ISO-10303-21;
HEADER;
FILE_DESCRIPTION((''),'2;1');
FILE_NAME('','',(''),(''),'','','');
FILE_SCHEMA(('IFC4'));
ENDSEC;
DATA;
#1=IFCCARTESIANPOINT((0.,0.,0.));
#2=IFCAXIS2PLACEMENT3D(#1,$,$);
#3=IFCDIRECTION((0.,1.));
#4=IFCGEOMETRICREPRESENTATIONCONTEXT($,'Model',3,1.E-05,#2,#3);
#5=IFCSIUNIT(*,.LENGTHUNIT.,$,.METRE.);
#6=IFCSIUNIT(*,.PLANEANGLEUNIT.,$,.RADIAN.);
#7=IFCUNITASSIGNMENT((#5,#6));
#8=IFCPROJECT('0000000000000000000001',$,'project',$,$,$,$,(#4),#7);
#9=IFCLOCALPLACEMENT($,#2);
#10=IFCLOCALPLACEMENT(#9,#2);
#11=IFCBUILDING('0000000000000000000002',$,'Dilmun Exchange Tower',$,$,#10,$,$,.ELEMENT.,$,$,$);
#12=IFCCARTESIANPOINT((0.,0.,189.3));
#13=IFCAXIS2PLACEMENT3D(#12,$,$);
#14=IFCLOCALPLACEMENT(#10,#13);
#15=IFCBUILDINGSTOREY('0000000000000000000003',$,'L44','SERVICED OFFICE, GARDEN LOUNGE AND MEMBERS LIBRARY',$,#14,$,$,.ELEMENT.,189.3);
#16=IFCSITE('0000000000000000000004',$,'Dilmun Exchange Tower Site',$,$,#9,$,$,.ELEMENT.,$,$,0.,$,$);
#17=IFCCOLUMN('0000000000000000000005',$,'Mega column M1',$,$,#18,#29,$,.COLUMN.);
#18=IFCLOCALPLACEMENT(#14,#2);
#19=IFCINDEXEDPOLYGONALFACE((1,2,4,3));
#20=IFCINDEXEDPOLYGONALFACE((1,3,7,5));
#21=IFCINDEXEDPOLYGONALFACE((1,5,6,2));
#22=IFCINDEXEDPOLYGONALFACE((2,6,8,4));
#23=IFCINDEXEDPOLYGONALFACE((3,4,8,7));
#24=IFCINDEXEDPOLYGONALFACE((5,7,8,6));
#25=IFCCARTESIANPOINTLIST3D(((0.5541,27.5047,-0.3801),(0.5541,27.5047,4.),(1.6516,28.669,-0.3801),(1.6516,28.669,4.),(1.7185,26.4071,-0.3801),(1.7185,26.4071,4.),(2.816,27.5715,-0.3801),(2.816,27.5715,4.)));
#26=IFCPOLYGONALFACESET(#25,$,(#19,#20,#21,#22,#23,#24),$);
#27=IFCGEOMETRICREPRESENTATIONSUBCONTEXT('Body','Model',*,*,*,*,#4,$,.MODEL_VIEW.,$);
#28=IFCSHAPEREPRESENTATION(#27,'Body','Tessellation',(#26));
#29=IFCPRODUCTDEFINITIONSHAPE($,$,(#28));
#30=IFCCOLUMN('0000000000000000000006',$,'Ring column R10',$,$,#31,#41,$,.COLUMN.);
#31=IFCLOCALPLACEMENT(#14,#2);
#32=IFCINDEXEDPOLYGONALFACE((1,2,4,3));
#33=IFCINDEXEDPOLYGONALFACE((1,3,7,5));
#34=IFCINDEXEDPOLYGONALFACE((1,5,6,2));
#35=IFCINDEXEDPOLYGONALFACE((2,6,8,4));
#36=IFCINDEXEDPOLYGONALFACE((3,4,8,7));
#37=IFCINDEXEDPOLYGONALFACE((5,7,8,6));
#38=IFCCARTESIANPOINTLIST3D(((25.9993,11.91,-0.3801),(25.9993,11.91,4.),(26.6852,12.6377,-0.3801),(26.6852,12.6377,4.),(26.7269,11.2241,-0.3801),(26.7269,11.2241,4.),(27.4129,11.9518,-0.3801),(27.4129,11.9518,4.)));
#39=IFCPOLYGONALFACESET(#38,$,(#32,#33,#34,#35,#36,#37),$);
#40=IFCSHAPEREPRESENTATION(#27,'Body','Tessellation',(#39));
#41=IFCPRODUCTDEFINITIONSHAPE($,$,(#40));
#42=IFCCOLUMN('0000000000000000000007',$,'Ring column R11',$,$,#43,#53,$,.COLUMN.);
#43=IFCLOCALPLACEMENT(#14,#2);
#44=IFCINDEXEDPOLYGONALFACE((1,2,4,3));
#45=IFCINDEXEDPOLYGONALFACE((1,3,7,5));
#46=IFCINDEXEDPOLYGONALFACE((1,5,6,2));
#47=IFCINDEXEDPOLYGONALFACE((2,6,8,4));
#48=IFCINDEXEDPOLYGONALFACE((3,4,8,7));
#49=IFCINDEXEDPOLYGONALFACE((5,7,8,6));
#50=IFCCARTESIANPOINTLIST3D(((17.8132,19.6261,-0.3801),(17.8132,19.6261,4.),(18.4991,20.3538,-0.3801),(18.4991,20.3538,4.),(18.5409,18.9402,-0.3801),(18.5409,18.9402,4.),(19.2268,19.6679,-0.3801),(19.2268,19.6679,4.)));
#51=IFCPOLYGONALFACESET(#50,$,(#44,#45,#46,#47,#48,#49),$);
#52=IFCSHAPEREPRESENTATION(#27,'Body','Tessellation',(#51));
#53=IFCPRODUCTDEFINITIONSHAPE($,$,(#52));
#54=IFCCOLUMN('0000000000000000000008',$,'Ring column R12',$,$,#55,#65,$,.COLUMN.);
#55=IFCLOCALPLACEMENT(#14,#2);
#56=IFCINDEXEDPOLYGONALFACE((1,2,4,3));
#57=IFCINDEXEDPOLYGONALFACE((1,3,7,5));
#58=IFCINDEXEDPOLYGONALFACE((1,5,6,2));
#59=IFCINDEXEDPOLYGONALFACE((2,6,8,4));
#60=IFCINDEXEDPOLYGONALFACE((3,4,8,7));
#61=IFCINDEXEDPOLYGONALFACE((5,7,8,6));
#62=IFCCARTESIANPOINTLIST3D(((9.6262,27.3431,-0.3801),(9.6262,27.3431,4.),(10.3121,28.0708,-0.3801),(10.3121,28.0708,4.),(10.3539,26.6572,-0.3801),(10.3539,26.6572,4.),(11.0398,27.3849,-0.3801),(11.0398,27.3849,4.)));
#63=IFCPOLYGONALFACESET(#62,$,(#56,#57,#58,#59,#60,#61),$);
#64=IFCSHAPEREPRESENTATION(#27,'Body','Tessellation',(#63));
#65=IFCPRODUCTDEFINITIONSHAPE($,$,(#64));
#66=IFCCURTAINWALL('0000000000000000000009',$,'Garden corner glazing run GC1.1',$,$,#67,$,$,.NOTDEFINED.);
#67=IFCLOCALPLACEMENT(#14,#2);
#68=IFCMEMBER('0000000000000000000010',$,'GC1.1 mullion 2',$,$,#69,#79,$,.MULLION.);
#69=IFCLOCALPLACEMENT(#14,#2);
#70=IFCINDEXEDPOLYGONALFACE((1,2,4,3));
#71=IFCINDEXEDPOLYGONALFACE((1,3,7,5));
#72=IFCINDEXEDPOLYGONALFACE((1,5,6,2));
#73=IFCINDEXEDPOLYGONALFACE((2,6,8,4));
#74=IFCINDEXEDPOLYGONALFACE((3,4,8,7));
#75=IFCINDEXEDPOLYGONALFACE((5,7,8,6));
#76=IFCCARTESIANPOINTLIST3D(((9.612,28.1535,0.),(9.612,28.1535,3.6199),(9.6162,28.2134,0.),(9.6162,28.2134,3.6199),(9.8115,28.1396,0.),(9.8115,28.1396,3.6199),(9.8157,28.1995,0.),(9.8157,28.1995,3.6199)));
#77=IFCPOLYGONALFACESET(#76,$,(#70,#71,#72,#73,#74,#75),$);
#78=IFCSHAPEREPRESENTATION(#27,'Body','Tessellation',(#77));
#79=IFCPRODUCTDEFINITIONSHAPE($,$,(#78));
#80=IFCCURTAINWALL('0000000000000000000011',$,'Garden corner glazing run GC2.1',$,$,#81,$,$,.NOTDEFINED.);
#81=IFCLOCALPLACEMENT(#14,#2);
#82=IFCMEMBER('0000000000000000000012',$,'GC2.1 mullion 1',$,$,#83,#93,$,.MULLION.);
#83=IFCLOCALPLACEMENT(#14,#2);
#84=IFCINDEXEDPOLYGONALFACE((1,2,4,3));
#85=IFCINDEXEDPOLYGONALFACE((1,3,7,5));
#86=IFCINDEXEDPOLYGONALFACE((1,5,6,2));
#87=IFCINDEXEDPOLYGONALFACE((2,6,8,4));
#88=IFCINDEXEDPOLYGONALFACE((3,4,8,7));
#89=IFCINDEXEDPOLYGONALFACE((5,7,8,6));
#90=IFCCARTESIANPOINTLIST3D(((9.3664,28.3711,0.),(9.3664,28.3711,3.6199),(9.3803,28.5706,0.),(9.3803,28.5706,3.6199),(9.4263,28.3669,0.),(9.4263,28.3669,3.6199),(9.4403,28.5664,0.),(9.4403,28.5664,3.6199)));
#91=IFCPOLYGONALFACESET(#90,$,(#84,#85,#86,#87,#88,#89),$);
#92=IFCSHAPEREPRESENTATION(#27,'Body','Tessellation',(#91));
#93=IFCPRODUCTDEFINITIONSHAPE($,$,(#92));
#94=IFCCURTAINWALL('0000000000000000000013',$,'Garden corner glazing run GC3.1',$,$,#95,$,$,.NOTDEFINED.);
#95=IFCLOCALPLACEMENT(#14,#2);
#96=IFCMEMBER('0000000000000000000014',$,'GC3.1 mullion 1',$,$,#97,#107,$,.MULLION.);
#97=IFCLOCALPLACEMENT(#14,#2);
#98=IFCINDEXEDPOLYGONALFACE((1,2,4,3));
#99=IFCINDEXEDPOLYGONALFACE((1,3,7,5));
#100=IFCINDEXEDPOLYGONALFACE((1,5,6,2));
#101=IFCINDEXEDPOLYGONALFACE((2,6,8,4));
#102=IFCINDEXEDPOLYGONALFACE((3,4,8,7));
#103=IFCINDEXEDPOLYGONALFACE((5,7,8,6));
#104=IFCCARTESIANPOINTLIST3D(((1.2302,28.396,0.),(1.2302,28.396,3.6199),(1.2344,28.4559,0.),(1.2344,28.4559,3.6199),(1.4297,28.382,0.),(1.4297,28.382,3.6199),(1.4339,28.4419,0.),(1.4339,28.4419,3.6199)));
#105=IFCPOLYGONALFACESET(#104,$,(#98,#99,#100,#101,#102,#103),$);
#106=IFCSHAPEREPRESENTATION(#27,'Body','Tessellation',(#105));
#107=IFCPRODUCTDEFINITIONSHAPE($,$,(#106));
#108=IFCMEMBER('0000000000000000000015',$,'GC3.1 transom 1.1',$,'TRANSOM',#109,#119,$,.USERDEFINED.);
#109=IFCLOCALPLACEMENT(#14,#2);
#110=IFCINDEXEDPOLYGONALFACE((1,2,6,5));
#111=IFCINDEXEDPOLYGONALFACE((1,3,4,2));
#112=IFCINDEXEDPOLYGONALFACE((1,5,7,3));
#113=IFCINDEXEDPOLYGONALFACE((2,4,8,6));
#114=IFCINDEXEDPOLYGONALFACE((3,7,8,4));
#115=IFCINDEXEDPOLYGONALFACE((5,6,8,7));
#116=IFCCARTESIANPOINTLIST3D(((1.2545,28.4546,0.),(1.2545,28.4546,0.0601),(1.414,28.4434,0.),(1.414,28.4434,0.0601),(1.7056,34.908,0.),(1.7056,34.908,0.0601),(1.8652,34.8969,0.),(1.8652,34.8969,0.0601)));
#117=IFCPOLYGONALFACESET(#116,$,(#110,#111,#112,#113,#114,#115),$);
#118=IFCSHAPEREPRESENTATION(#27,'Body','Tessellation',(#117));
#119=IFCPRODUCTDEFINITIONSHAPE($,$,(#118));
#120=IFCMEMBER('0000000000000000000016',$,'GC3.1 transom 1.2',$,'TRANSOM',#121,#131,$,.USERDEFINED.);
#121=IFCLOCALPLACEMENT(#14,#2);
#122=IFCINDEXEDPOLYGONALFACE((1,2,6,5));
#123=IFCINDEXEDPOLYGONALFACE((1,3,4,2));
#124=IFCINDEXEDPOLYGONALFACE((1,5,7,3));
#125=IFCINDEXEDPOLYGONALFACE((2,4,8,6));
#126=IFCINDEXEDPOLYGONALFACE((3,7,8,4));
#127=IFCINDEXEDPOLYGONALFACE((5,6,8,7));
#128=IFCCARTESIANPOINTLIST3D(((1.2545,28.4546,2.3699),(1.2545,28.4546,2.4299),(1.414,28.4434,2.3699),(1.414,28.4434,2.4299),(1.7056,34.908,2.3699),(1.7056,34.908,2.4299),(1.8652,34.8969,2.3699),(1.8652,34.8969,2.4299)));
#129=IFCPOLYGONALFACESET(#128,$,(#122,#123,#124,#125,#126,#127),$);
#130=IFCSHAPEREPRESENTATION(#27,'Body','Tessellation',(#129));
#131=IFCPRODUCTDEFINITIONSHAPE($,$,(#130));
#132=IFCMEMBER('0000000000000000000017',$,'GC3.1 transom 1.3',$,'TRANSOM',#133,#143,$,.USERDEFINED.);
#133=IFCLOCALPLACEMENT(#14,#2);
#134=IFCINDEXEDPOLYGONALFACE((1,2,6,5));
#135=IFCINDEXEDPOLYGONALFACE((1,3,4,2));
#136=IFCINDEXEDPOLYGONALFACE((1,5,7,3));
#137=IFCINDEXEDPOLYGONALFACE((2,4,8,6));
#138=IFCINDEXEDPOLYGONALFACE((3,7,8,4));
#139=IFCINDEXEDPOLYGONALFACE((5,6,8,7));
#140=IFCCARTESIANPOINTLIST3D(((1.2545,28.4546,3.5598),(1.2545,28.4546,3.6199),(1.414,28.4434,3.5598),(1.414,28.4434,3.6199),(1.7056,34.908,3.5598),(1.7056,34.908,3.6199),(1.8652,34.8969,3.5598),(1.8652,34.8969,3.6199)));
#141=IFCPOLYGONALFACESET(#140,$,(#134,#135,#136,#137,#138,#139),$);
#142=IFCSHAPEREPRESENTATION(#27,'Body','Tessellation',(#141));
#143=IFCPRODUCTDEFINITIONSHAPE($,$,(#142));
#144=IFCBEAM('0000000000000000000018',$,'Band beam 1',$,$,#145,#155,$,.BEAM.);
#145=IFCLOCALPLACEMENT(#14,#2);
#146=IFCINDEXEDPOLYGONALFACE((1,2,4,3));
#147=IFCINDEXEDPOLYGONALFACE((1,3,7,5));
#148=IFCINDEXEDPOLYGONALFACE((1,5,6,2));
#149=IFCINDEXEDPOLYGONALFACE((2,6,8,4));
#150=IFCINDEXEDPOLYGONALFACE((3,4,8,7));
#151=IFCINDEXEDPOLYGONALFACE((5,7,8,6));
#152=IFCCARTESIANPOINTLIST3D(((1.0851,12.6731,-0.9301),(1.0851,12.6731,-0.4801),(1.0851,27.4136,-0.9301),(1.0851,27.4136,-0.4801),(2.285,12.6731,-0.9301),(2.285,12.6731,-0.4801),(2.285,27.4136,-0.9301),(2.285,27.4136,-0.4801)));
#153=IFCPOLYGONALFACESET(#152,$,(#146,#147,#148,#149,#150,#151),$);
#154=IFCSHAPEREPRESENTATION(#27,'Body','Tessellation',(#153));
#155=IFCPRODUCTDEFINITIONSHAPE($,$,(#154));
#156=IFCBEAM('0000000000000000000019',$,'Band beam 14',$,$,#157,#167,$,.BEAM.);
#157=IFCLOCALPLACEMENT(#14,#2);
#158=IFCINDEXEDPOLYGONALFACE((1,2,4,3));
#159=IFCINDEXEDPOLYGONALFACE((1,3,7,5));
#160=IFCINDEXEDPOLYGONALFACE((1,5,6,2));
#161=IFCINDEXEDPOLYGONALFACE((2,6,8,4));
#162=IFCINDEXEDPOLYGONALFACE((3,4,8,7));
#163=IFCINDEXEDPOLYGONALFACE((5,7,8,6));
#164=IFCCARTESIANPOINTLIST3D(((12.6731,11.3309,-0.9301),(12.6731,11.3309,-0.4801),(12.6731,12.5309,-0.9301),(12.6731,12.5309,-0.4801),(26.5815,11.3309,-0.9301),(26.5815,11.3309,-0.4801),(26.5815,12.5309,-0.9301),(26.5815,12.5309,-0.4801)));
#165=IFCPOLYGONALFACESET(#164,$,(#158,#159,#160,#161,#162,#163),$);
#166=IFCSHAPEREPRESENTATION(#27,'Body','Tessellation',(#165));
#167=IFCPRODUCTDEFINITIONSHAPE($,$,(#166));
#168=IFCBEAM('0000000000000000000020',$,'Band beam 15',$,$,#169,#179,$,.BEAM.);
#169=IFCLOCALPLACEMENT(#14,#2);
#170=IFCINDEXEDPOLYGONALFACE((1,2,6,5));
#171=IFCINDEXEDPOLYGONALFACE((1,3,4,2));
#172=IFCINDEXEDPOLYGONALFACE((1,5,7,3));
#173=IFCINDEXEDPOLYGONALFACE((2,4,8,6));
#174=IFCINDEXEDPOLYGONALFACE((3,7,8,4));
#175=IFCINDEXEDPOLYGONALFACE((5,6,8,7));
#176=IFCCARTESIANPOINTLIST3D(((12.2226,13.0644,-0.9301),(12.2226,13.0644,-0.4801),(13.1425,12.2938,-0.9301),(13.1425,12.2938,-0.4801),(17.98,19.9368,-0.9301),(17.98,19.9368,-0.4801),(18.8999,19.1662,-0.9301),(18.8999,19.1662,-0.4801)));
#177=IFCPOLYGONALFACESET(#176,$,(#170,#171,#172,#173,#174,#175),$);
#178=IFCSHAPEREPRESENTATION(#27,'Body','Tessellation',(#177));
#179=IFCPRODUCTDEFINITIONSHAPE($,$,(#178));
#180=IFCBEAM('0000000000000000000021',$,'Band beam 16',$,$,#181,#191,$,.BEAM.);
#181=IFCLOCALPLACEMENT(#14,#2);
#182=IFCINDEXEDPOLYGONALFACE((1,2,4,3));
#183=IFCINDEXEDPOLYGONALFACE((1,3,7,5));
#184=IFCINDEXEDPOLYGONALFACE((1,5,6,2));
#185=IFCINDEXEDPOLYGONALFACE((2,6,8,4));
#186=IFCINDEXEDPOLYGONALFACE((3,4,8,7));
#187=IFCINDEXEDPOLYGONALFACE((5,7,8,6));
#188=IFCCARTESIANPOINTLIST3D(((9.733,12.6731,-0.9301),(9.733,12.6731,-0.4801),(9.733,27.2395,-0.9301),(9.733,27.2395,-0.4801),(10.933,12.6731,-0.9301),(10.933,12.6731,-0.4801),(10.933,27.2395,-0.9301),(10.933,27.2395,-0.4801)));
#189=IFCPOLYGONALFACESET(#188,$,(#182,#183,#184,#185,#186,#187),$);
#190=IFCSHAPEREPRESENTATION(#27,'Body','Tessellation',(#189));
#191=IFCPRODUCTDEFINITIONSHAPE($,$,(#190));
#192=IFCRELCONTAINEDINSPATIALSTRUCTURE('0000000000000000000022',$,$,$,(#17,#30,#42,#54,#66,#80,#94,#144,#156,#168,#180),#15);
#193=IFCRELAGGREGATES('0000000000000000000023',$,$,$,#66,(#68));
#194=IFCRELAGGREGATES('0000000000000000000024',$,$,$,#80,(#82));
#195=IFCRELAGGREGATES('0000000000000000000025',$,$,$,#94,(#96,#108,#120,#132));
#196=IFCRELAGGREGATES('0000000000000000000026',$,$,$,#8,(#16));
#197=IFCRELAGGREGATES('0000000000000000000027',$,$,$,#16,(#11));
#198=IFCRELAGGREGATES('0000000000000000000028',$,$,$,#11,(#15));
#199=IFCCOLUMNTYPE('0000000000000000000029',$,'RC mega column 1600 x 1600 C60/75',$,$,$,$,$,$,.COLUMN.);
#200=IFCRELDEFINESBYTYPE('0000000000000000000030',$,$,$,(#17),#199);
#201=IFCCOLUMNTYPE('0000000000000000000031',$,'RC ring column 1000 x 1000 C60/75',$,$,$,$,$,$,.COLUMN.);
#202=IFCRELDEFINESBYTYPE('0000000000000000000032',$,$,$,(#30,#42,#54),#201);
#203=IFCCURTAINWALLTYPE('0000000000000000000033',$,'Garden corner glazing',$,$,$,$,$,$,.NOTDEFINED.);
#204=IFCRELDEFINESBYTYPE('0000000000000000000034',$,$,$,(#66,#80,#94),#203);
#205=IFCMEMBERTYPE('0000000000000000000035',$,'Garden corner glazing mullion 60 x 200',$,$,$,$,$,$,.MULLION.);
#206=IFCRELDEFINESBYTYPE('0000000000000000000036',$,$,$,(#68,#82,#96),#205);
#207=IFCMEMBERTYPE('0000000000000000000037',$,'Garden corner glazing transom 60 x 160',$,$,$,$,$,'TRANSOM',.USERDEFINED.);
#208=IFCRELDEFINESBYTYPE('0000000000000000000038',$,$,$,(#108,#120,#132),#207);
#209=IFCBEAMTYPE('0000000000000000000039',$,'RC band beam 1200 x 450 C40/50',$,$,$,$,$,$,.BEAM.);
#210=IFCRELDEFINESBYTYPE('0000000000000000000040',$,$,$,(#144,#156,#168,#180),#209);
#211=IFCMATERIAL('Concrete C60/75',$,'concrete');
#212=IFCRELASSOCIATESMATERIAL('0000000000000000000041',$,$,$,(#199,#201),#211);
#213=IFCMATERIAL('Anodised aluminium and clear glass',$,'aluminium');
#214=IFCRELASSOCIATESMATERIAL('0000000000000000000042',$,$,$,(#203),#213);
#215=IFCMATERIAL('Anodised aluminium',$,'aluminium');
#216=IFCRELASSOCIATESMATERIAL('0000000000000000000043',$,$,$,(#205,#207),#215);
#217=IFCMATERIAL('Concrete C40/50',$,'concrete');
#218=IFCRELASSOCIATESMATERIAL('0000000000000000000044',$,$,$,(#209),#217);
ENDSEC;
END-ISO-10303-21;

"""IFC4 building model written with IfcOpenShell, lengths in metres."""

from ifc_helpers import new_model, si_unit, direction, frame, origin, origin_2d, place, context, subcontext, project, spatial, rectangle, extrude, material, material_profile, profile_set, type_object, element, aggregate, save


model = new_model("IFC4")

# Units and contexts
model_context = context("Model", 3, precision=1e-05, world=origin(), true_north=direction((0.0, 1.0)))
body_context = subcontext(model_context, "Body", "Model", "MODEL_VIEW")
ifc_project = project(units=[si_unit("LENGTHUNIT", "METRE"), si_unit("PLANEANGLEUNIT", "RADIAN")], contexts=[model_context])

# Site, building, storey
site_placement = place(None, origin())
site = spatial("IfcSite", under=ifc_project, at=site_placement, Name="Dilmun Exchange Tower Site", CompositionType="ELEMENT", RefElevation=0.0)
building_placement = place(site_placement, origin())
building = spatial("IfcBuilding", under=site, at=building_placement, Name="Dilmun Exchange Tower", CompositionType="ELEMENT")
storey_placement = place(building_placement, frame((0.0, 0.0, 189.3)))
storey = spatial("IfcBuildingStorey", under=building, at=storey_placement, Name="L44", Description="SERVICED OFFICE, GARDEN LOUNGE AND MEMBERS LIBRARY", CompositionType="ELEMENT", Elevation=189.3)

# Columns
ifc_material_1 = material(Name="Concrete C60/75", Category="concrete")
ifc_material_profile_1 = material_profile(ifc_material_1, rectangle(XDim=1.6001, YDim=1.6001, at=origin_2d()), Name="1600 x 1600")
ifc_profile_set_1 = profile_set([ifc_material_profile_1], Name="Concrete C60/75")
column_type_1 = type_object("IfcColumnType", Name="RC mega column 1600 x 1600 C60/75", PredefinedType="COLUMN", material=ifc_profile_set_1)
column_placement = place(storey_placement, frame((1.6851, 27.5381, -0.3801), z_axis=(0.0, 0.0, 1.0), x_axis=(0.685916, 0.727681, 0.0)))
element("IfcColumn", 1, at=column_placement, inside=storey, type_object=column_type_1, Name="Mega column M1", PredefinedType="COLUMN", context=body_context, shape_type="SweptSolid", body=[
    extrude(rectangle(XDim=1.6001, YDim=1.6001, at=origin_2d()), origin(), (0.0, 0.0, 1.0), 4.3801),
])
ifc_material_profile_2 = material_profile(ifc_material_1, rectangle(XDim=1.0, YDim=1.0, at=origin_2d()), Name="1000 x 1000")
ifc_profile_set_2 = profile_set([ifc_material_profile_2], Name="Concrete C60/75")
column_type_2 = type_object("IfcColumnType", Name="RC ring column 1000 x 1000 C60/75", PredefinedType="COLUMN", material=ifc_profile_set_2)
for number, where, z_axis, x_axis, name in (
    (2, (26.7061, 11.9309, -0.3801), (0.0, 0.0, 1.0), (0.685916, 0.727681, 0.0), "Ring column R10"),
    (3, (18.52, 19.647, -0.3801), (0.0, 0.0, 1.0), (0.685916, 0.727681, 0.0), "Ring column R11"),
    (4, (10.333, 27.364, -0.3801), (0.0, 0.0, 1.0), (0.685916, 0.727681, 0.0), "Ring column R12"),
):
    element("IfcColumn", number, at=place(storey_placement, frame(where, z_axis=z_axis, x_axis=x_axis)), inside=storey, type_object=column_type_2, Name=name, PredefinedType="COLUMN", context=body_context, shape_type="SweptSolid", body=[
        extrude(rectangle(XDim=1.0, YDim=1.0, at=origin_2d()), origin(), (0.0, 0.0, 1.0), 4.3801),
    ])

# Curtain walls, members
ifc_material_2 = material(Name="Anodised aluminium and clear glass", Category="aluminium")
curtain_wall_type = type_object("IfcCurtainWallType", Name="Garden corner glazing", PredefinedType="NOTDEFINED", material=ifc_material_2)
curtain_wall_1_placement = place(storey_placement, origin())
curtain_wall_1 = element("IfcCurtainWall", 5, at=curtain_wall_1_placement, inside=storey, type_object=curtain_wall_type, Name="Garden corner glazing run GC1.1", PredefinedType="NOTDEFINED")
ifc_material_3 = material(Name="Anodised aluminium", Category="aluminium")
ifc_material_profile_3 = material_profile(ifc_material_3, rectangle(XDim=0.2, YDim=0.0601, at=origin_2d()), Name="AL 60x200")
ifc_profile_set_3 = profile_set([ifc_material_profile_3], Name="Anodised aluminium")
member_type_1 = type_object("IfcMemberType", Name="Garden corner glazing mullion 60 x 200", PredefinedType="MULLION", material=ifc_profile_set_3)
member_1_placement = place(storey_placement, frame((9.7139, 28.1765, 0.0), z_axis=(0.0, 0.0, 1.0), x_axis=(0.997564, -0.069752, 0.0)))
member_1 = element("IfcMember", 6, at=member_1_placement, type_object=member_type_1, Name="GC1.1 mullion 2", PredefinedType="MULLION", context=body_context, shape_type="SweptSolid", body=[
    extrude(rectangle(XDim=0.2, YDim=0.0601, at=origin_2d()), origin(), (0.0, 0.0, 1.0), 3.6199),
])
aggregate(curtain_wall_1, [member_1])
curtain_wall_2_placement = place(storey_placement, origin())
curtain_wall_2 = element("IfcCurtainWall", 7, at=curtain_wall_2_placement, inside=storey, type_object=curtain_wall_type, Name="Garden corner glazing run GC2.1", PredefinedType="NOTDEFINED")
member_2_placement = place(storey_placement, frame((9.4033, 28.4688, 0.0), z_axis=(0.0, 0.0, 1.0), x_axis=(-0.069787, -0.997562, 0.0)))
member_2 = element("IfcMember", 8, at=member_2_placement, type_object=member_type_1, Name="GC2.1 mullion 1", PredefinedType="MULLION", context=body_context, shape_type="SweptSolid", body=[
    extrude(rectangle(XDim=0.2, YDim=0.0601, at=origin_2d()), origin(), (0.0, 0.0, 1.0), 3.6199),
])
aggregate(curtain_wall_2, [member_2])

# Curtain wall, members
curtain_wall_3_placement = place(storey_placement, origin())
curtain_wall_3 = element("IfcCurtainWall", 9, at=curtain_wall_3_placement, inside=storey, type_object=curtain_wall_type, Name="Garden corner glazing run GC3.1", PredefinedType="NOTDEFINED")
member_3_placement = place(storey_placement, frame((1.332, 28.4189, 0.0), z_axis=(0.0, 0.0, 1.0), x_axis=(-0.997564, 0.069752, 0.0)))
member_3 = element("IfcMember", 10, at=member_3_placement, type_object=member_type_1, Name="GC3.1 mullion 1", PredefinedType="MULLION", context=body_context, shape_type="SweptSolid", body=[
    extrude(rectangle(XDim=0.2, YDim=0.0601, at=origin_2d()), origin(), (0.0, 0.0, 1.0), 3.6199),
])
ifc_material_profile_4 = material_profile(ifc_material_3, rectangle(XDim=0.1599, YDim=0.0601, at=origin_2d()), Name="AL 60x160")
ifc_profile_set_4 = profile_set([ifc_material_profile_4], Name="Anodised aluminium")
member_type_2 = type_object("IfcMemberType", Name="Garden corner glazing transom 60 x 160", ElementType="TRANSOM", PredefinedType="USERDEFINED", material=ifc_profile_set_4)
member_4_placement = place(storey_placement, frame((1.3342, 28.449, 0.03), z_axis=(0.069742, 0.997565, 0.0), x_axis=(-0.997565, 0.069742, 0.0)))
member_4 = element("IfcMember", 11, at=member_4_placement, type_object=member_type_2, Name="GC3.1 transom 1.1", ObjectType="TRANSOM", PredefinedType="USERDEFINED", context=body_context, shape_type="SweptSolid", body=[
    extrude(rectangle(XDim=0.1599, YDim=0.0601, at=origin_2d()), origin(), (0.0, 0.0, 1.0), 6.4692),
])
member_5_placement = place(storey_placement, frame((1.3342, 28.449, 2.3999), z_axis=(0.069742, 0.997565, 0.0), x_axis=(-0.997565, 0.069742, 0.0)))
member_5 = element("IfcMember", 12, at=member_5_placement, type_object=member_type_2, Name="GC3.1 transom 1.2", ObjectType="TRANSOM", PredefinedType="USERDEFINED", context=body_context, shape_type="SweptSolid", body=[
    extrude(rectangle(XDim=0.1599, YDim=0.0601, at=origin_2d()), origin(), (0.0, 0.0, 1.0), 6.4692),
])
member_6_placement = place(storey_placement, frame((1.3342, 28.449, 3.5898), z_axis=(0.069742, 0.997565, 0.0), x_axis=(-0.997565, 0.069742, 0.0)))
member_6 = element("IfcMember", 13, at=member_6_placement, type_object=member_type_2, Name="GC3.1 transom 1.3", ObjectType="TRANSOM", PredefinedType="USERDEFINED", context=body_context, shape_type="SweptSolid", body=[
    extrude(rectangle(XDim=0.1599, YDim=0.0601, at=origin_2d()), origin(), (0.0, 0.0, 1.0), 6.4692),
])
aggregate(curtain_wall_3, [member_3, member_4, member_5, member_6])

# Beams
ifc_material_4 = material(Name="Concrete C40/50", Category="concrete")
ifc_material_profile_5 = material_profile(ifc_material_4, rectangle(XDim=1.2, YDim=0.45, at=origin_2d()), Name="1200 x 450")
ifc_profile_set_5 = profile_set([ifc_material_profile_5], Name="Concrete C40/50")
beam_type = type_object("IfcBeamType", Name="RC band beam 1200 x 450 C40/50", PredefinedType="BEAM", material=ifc_profile_set_5)
beam_1_placement = place(storey_placement, frame((1.6851, 27.4136, -0.7051), z_axis=(0.0, -1.0, 0.0), x_axis=(1.0, 0.0, 0.0)))
element("IfcBeam", 14, at=beam_1_placement, inside=storey, type_object=beam_type, Name="Band beam 1", PredefinedType="BEAM", context=body_context, shape_type="SweptSolid", body=[
    extrude(rectangle(XDim=1.2, YDim=0.45, at=origin_2d()), origin(), (0.0, 0.0, 1.0), 14.7405),
])
beam_2_placement = place(storey_placement, frame((26.5815, 11.9309, -0.7051), z_axis=(-1.0, 0.0, 0.0), x_axis=(0.0, -1.0, 0.0)))
element("IfcBeam", 15, at=beam_2_placement, inside=storey, type_object=beam_type, Name="Band beam 14", PredefinedType="BEAM", context=body_context, shape_type="SweptSolid", body=[
    extrude(rectangle(XDim=1.2, YDim=0.45, at=origin_2d()), origin(), (0.0, 0.0, 1.0), 13.9084),
])
beam_3_placement = place(storey_placement, frame((18.4399, 19.5515, -0.7051), z_axis=(-0.642183, -0.766551, 0.0), x_axis=(0.766551, -0.642183, 0.0)))
element("IfcBeam", 16, at=beam_3_placement, inside=storey, type_object=beam_type, Name="Band beam 15", PredefinedType="BEAM", context=body_context, shape_type="SweptSolid", body=[
    extrude(rectangle(XDim=1.2, YDim=0.45, at=origin_2d()), origin(), (0.0, 0.0, 1.0), 8.9653),
])
beam_4_placement = place(storey_placement, frame((10.333, 27.2395, -0.7051), z_axis=(0.0, -1.0, 0.0), x_axis=(1.0, 0.0, 0.0)))
element("IfcBeam", 17, at=beam_4_placement, inside=storey, type_object=beam_type, Name="Band beam 16", PredefinedType="BEAM", context=body_context, shape_type="SweptSolid", body=[
    extrude(rectangle(XDim=1.2, YDim=0.45, at=origin_2d()), origin(), (0.0, 0.0, 1.0), 14.5664),
])

save(model, "model.ifc")
